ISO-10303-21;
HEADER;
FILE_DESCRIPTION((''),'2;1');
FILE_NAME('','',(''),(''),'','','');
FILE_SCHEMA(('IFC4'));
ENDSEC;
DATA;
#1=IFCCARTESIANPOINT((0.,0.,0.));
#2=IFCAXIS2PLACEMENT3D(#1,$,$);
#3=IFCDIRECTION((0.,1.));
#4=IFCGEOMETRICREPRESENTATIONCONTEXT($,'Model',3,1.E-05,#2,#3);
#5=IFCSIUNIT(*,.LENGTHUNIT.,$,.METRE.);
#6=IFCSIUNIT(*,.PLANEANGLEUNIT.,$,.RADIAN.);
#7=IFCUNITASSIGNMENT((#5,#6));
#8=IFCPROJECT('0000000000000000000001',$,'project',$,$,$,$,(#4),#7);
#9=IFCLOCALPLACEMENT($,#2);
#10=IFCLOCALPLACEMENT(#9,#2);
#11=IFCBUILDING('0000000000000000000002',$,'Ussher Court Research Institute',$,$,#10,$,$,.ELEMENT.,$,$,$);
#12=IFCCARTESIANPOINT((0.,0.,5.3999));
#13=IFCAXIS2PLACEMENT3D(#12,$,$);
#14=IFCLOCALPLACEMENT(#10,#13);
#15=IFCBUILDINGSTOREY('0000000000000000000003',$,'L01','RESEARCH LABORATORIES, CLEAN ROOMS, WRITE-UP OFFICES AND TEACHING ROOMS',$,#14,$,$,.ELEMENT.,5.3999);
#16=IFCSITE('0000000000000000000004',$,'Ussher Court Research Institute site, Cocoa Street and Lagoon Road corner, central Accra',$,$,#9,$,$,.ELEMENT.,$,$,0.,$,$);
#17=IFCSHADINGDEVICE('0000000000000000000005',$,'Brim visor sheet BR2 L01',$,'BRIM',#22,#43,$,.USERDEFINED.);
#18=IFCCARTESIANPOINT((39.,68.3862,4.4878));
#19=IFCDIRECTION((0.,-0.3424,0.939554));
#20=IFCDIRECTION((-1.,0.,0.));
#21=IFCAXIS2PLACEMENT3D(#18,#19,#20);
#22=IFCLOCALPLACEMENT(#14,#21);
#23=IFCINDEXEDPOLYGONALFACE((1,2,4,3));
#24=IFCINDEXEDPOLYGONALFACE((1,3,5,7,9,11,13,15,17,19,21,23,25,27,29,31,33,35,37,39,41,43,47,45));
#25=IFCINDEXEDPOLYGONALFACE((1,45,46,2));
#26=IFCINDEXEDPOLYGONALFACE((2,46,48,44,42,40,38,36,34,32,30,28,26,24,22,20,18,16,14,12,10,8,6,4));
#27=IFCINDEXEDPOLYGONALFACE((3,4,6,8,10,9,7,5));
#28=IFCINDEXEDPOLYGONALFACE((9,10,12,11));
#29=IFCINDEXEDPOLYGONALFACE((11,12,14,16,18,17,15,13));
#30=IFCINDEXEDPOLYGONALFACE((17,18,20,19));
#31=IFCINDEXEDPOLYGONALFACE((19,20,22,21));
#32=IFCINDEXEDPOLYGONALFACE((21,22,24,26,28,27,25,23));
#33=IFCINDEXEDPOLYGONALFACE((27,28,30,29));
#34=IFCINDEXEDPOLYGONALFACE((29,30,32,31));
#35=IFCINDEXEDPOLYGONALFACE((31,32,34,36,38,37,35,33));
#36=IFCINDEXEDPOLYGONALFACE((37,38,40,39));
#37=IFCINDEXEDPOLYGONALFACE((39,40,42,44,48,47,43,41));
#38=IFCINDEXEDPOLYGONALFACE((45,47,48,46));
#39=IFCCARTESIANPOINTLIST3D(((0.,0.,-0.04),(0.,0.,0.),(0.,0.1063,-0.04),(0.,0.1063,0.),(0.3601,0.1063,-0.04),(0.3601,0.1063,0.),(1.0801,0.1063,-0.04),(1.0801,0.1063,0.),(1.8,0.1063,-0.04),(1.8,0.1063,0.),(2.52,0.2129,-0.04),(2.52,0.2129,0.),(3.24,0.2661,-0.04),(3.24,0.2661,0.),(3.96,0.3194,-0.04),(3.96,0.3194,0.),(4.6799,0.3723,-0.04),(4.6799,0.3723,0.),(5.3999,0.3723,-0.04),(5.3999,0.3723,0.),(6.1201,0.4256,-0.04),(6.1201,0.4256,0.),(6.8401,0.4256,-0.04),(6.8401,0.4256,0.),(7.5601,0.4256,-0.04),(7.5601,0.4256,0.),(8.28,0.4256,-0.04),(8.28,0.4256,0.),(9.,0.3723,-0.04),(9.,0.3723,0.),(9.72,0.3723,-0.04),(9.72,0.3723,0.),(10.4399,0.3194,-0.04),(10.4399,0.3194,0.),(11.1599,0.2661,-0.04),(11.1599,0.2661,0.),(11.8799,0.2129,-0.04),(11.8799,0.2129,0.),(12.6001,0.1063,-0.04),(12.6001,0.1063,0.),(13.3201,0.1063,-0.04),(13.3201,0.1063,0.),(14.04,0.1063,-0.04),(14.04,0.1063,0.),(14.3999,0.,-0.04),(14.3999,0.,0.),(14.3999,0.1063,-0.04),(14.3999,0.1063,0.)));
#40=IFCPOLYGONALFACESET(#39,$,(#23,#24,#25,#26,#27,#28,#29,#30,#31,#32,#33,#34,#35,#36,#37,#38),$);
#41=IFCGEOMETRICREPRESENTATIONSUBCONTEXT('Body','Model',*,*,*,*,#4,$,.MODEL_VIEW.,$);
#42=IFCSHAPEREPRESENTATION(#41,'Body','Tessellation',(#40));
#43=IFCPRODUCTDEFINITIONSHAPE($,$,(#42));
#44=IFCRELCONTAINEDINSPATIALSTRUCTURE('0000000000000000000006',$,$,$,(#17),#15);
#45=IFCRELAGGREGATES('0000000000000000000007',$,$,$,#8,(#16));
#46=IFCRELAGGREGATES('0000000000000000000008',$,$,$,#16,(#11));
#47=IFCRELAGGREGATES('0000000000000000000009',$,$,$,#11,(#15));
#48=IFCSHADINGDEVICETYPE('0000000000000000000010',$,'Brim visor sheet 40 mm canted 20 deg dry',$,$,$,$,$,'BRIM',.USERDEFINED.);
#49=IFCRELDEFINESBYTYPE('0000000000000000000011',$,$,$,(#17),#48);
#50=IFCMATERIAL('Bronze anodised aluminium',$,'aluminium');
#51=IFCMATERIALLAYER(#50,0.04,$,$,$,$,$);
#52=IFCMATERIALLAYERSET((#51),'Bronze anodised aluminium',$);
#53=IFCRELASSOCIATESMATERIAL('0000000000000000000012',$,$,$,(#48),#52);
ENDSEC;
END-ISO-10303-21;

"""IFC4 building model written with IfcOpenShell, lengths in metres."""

from ifc_helpers import new_model, si_unit, direction, frame, origin, place, context, subcontext, project, spatial, polyline, outline, extrude, material, layer, layer_set, type_object, element, save


model = new_model("IFC4")

# Units and contexts
model_context = context("Model", 3, precision=1e-05, world=origin(), true_north=direction((0.0, 1.0)))
body_context = subcontext(model_context, "Body", "Model", "MODEL_VIEW")
ifc_project = project(units=[si_unit("LENGTHUNIT", "METRE"), si_unit("PLANEANGLEUNIT", "RADIAN")], contexts=[model_context])

# Site, building, storey
site_placement = place(None, origin())
site = spatial("IfcSite", under=ifc_project, at=site_placement, Name="Ussher Court Research Institute site, Cocoa Street and Lagoon Road corner, central Accra", CompositionType="ELEMENT", RefElevation=0.0)
building_placement = place(site_placement, origin())
building = spatial("IfcBuilding", under=site, at=building_placement, Name="Ussher Court Research Institute", CompositionType="ELEMENT")
storey_placement = place(building_placement, frame((0.0, 0.0, 5.3999)))
storey = spatial("IfcBuildingStorey", under=building, at=storey_placement, Name="L01", Description="RESEARCH LABORATORIES, CLEAN ROOMS, WRITE-UP OFFICES AND TEACHING ROOMS", CompositionType="ELEMENT", Elevation=5.3999)

# Shading device
ifc_material_1 = material(Name="Bronze anodised aluminium", Category="aluminium")
ifc_layer_1 = layer(ifc_material_1, 0.04)
ifc_layer_set_1 = layer_set([ifc_layer_1], Name="Bronze anodised aluminium")
shading_device_type_1 = type_object("IfcShadingDeviceType", Name="Brim visor sheet 40 mm canted 20 deg dry", ElementType="BRIM", PredefinedType="USERDEFINED", material=ifc_layer_set_1)
shading_device_1_placement = place(storey_placement, frame((39.0, 68.3862, 4.4878), z_axis=(0.0, -0.3424, 0.939554), x_axis=(-1.0, 0.0, 0.0)))
element("IfcShadingDevice", 1, at=shading_device_1_placement, inside=storey, type_object=shading_device_type_1, Name="Brim visor sheet BR2 L01", ObjectType="BRIM", PredefinedType="USERDEFINED", context=body_context, shape_type="SweptSolid", body=[
    extrude(outline(polyline([(0.0, 0.0), (14.3999, 0.0), (14.3999, 0.1063), (14.04, 0.1063), (13.3201, 0.1063), (12.6001, 0.1063), (11.8799, 0.2129), (11.1599, 0.2661), (10.4399, 0.3194), (9.72, 0.3723), (9.0, 0.3723), (8.28, 0.4256), (7.5601, 0.4256), (6.8401, 0.4256), (6.1201, 0.4256), (5.3999, 0.3723), (4.6799, 0.3723), (3.96, 0.3194), (3.24, 0.2661), (2.52, 0.2129), (1.8, 0.1063), (1.0801, 0.1063), (0.3601, 0.1063), (0.0, 0.1063), (0.0, 0.0)])), origin(), (0.0, 0.0, -1.0), 0.04),
])

save(model, "model.ifc")
